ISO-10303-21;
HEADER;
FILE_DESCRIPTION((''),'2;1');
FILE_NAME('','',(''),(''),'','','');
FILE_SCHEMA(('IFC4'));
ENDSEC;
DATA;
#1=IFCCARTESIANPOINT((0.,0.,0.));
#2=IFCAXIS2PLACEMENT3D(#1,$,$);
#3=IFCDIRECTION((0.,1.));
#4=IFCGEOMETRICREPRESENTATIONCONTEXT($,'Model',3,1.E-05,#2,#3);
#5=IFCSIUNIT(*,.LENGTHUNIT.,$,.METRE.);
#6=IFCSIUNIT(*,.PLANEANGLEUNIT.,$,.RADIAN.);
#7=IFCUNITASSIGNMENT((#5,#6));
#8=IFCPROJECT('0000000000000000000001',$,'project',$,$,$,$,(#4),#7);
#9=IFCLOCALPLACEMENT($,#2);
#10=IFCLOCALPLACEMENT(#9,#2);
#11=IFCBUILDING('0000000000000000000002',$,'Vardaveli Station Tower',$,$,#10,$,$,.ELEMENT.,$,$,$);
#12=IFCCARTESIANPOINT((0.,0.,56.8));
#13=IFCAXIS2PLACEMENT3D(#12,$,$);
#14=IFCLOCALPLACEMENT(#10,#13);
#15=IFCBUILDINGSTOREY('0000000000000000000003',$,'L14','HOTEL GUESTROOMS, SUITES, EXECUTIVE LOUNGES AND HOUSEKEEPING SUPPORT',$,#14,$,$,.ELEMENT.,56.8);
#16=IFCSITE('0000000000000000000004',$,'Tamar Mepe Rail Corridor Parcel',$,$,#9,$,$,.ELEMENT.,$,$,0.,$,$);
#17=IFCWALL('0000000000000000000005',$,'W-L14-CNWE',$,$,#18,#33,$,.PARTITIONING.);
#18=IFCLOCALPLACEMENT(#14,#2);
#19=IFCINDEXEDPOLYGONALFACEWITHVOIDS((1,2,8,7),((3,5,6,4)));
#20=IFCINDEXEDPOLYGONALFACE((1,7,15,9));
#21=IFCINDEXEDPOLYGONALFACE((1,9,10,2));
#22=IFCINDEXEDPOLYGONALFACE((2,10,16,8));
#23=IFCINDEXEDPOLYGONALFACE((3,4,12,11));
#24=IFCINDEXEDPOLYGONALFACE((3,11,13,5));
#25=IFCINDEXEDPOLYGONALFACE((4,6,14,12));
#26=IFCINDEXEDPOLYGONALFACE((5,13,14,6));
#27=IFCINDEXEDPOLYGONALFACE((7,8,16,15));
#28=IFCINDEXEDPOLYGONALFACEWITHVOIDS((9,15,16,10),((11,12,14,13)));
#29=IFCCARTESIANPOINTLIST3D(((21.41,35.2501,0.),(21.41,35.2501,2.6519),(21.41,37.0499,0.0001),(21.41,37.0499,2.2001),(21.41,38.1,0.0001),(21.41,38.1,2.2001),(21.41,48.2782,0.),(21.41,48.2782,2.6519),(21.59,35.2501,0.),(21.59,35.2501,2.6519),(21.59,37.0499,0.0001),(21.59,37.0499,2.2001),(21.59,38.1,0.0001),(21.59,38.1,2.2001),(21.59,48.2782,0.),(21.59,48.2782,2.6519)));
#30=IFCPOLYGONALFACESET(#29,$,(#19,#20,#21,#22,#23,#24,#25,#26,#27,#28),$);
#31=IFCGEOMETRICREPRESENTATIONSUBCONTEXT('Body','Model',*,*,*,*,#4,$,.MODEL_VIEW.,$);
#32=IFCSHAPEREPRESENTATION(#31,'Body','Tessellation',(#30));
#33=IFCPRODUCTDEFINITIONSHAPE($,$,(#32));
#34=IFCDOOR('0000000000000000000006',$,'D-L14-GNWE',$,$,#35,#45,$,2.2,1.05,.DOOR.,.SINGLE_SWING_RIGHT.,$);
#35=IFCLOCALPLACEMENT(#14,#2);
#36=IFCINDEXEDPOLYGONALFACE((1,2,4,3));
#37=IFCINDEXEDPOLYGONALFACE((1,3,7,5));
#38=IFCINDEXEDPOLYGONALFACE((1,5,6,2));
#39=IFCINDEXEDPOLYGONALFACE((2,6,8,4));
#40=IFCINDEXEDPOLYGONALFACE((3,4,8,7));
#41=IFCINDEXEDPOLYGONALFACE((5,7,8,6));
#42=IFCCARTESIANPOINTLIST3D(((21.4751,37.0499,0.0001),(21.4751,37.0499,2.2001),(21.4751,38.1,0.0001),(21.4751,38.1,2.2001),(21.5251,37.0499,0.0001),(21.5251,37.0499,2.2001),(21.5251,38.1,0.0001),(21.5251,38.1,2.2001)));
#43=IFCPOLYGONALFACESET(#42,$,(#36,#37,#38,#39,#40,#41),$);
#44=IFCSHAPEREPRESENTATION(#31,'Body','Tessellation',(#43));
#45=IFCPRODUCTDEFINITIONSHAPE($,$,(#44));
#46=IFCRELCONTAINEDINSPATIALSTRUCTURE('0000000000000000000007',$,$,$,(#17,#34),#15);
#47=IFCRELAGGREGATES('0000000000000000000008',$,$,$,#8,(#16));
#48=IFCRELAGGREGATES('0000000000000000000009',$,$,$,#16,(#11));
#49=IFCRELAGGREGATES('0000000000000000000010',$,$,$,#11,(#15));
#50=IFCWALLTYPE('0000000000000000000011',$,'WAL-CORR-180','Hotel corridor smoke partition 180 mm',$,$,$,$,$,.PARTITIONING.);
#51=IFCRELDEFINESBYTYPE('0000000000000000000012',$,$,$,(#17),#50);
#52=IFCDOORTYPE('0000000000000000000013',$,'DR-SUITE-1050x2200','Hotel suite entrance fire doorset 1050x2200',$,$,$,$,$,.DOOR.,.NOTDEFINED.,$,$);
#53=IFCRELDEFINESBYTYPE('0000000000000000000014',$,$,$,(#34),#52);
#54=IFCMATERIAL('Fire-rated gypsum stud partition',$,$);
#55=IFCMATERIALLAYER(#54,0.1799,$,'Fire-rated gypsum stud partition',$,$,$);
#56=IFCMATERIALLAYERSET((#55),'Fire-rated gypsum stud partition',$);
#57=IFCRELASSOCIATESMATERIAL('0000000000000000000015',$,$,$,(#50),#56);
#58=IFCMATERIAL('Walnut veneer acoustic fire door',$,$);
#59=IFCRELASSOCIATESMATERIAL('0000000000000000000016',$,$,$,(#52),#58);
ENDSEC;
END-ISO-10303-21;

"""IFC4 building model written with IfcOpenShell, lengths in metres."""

from ifc_helpers import new_model, si_unit, direction, frame, frame_2d, origin, place, context, subcontext, project, spatial, rectangle, extrude, source, transform, mapped, material, layer, layer_set, type_object, element, fill, save


model = new_model("IFC4")

# Units and contexts
model_context = context("Model", 3, precision=1e-05, world=origin(), true_north=direction((0.0, 1.0)))
body_context = subcontext(model_context, "Body", "Model", "MODEL_VIEW")
ifc_project = project(units=[si_unit("LENGTHUNIT", "METRE"), si_unit("PLANEANGLEUNIT", "RADIAN")], contexts=[model_context])

# Site, building, storey
site_placement = place(None, origin())
site = spatial("IfcSite", under=ifc_project, at=site_placement, Name="Tamar Mepe Rail Corridor Parcel", CompositionType="ELEMENT", RefElevation=0.0)
building_placement = place(site_placement, origin())
building = spatial("IfcBuilding", under=site, at=building_placement, Name="Vardaveli Station Tower", CompositionType="ELEMENT")
storey_placement = place(building_placement, frame((0.0, 0.0, 56.8)))
storey = spatial("IfcBuildingStorey", under=building, at=storey_placement, Name="L14", Description="HOTEL GUESTROOMS, SUITES, EXECUTIVE LOUNGES AND HOUSEKEEPING SUPPORT", CompositionType="ELEMENT", Elevation=56.8)

# Shared definitions
ifc_material_1 = material(Name="Fire-rated gypsum stud partition")
ifc_layer_1 = layer(ifc_material_1, 0.1799, Name="Fire-rated gypsum stud partition")
ifc_layer_set_1 = layer_set([ifc_layer_1], Name="Fire-rated gypsum stud partition")
wall_type_1 = type_object("IfcWallType", Name="WAL-CORR-180", Description="Hotel corridor smoke partition 180 mm", PredefinedType="PARTITIONING", material=ifc_layer_set_1)

# Wall, opening, door
shared_shape_1 = source(origin(), body_context, "Body", "SweptSolid", [
    extrude(rectangle(XDim=13.0281, YDim=0.1799, at=frame_2d((6.5142, 0.0))), origin(), (0.0, 0.0, 1.0), 2.6519),
])
wall_1_placement = place(storey_placement, frame((21.5, 35.25, 0.0), z_axis=(0.0, 0.0, 1.0), x_axis=(0.0, 1.0, 0.0)))
wall_1 = element("IfcWall", 1, at=wall_1_placement, inside=storey, type_object=wall_type_1, Name="W-L14-CNWE", PredefinedType="PARTITIONING", context=body_context, shape_type="MappedRepresentation", body=[
    mapped(shared_shape_1, transform((0.0, 0.0, 0.0), scale=1.0)),
])
shared_shape_2 = source(origin(), body_context, "Body", "SweptSolid", [
    extrude(rectangle(XDim=1.05, YDim=2.2, at=frame_2d((0.5249, 1.1001))), frame((0.0, 0.1001, 0.0), z_axis=(0.0, -1.0, 0.0), x_axis=(1.0, 0.0, 0.0)), (0.0, 0.0, 1.0), 0.2),
])
opening_1_placement = place(wall_1_placement, frame((1.8, 0.0, 0.0)))
opening_1 = element("IfcOpeningElement", 2, at=opening_1_placement, cuts=wall_1, PredefinedType="OPENING", context=body_context, shape_type="MappedRepresentation", body=[
    mapped(shared_shape_2, transform((0.0, 0.0, 0.0), scale=1.0)),
])
ifc_material_2 = material(Name="Walnut veneer acoustic fire door")
door_type_1 = type_object("IfcDoorType", Name="DR-SUITE-1050x2200", Description="Hotel suite entrance fire doorset 1050x2200", OperationType="NOTDEFINED", PredefinedType="DOOR", material=ifc_material_2)
shared_shape_3 = source(origin(), body_context, "Body", "SweptSolid", [
    extrude(rectangle(XDim=1.05, YDim=2.2, at=frame_2d((0.5249, 1.1001))), frame((0.0, 0.0249, 0.0), z_axis=(0.0, -1.0, 0.0), x_axis=(1.0, 0.0, 0.0)), (0.0, 0.0, 1.0), 0.05),
])
door_1_placement = place(opening_1_placement, origin())
door_1 = element("IfcDoor", 3, at=door_1_placement, inside=storey, type_object=door_type_1, Name="D-L14-GNWE", OperationType="SINGLE_SWING_RIGHT", OverallHeight=2.2, OverallWidth=1.05, PredefinedType="DOOR", context=body_context, shape_type="MappedRepresentation", body=[
    mapped(shared_shape_3, transform((0.0, 0.0, 0.0), scale=1.0)),
])
fill(opening_1, door_1)

save(model, "model.ifc")
